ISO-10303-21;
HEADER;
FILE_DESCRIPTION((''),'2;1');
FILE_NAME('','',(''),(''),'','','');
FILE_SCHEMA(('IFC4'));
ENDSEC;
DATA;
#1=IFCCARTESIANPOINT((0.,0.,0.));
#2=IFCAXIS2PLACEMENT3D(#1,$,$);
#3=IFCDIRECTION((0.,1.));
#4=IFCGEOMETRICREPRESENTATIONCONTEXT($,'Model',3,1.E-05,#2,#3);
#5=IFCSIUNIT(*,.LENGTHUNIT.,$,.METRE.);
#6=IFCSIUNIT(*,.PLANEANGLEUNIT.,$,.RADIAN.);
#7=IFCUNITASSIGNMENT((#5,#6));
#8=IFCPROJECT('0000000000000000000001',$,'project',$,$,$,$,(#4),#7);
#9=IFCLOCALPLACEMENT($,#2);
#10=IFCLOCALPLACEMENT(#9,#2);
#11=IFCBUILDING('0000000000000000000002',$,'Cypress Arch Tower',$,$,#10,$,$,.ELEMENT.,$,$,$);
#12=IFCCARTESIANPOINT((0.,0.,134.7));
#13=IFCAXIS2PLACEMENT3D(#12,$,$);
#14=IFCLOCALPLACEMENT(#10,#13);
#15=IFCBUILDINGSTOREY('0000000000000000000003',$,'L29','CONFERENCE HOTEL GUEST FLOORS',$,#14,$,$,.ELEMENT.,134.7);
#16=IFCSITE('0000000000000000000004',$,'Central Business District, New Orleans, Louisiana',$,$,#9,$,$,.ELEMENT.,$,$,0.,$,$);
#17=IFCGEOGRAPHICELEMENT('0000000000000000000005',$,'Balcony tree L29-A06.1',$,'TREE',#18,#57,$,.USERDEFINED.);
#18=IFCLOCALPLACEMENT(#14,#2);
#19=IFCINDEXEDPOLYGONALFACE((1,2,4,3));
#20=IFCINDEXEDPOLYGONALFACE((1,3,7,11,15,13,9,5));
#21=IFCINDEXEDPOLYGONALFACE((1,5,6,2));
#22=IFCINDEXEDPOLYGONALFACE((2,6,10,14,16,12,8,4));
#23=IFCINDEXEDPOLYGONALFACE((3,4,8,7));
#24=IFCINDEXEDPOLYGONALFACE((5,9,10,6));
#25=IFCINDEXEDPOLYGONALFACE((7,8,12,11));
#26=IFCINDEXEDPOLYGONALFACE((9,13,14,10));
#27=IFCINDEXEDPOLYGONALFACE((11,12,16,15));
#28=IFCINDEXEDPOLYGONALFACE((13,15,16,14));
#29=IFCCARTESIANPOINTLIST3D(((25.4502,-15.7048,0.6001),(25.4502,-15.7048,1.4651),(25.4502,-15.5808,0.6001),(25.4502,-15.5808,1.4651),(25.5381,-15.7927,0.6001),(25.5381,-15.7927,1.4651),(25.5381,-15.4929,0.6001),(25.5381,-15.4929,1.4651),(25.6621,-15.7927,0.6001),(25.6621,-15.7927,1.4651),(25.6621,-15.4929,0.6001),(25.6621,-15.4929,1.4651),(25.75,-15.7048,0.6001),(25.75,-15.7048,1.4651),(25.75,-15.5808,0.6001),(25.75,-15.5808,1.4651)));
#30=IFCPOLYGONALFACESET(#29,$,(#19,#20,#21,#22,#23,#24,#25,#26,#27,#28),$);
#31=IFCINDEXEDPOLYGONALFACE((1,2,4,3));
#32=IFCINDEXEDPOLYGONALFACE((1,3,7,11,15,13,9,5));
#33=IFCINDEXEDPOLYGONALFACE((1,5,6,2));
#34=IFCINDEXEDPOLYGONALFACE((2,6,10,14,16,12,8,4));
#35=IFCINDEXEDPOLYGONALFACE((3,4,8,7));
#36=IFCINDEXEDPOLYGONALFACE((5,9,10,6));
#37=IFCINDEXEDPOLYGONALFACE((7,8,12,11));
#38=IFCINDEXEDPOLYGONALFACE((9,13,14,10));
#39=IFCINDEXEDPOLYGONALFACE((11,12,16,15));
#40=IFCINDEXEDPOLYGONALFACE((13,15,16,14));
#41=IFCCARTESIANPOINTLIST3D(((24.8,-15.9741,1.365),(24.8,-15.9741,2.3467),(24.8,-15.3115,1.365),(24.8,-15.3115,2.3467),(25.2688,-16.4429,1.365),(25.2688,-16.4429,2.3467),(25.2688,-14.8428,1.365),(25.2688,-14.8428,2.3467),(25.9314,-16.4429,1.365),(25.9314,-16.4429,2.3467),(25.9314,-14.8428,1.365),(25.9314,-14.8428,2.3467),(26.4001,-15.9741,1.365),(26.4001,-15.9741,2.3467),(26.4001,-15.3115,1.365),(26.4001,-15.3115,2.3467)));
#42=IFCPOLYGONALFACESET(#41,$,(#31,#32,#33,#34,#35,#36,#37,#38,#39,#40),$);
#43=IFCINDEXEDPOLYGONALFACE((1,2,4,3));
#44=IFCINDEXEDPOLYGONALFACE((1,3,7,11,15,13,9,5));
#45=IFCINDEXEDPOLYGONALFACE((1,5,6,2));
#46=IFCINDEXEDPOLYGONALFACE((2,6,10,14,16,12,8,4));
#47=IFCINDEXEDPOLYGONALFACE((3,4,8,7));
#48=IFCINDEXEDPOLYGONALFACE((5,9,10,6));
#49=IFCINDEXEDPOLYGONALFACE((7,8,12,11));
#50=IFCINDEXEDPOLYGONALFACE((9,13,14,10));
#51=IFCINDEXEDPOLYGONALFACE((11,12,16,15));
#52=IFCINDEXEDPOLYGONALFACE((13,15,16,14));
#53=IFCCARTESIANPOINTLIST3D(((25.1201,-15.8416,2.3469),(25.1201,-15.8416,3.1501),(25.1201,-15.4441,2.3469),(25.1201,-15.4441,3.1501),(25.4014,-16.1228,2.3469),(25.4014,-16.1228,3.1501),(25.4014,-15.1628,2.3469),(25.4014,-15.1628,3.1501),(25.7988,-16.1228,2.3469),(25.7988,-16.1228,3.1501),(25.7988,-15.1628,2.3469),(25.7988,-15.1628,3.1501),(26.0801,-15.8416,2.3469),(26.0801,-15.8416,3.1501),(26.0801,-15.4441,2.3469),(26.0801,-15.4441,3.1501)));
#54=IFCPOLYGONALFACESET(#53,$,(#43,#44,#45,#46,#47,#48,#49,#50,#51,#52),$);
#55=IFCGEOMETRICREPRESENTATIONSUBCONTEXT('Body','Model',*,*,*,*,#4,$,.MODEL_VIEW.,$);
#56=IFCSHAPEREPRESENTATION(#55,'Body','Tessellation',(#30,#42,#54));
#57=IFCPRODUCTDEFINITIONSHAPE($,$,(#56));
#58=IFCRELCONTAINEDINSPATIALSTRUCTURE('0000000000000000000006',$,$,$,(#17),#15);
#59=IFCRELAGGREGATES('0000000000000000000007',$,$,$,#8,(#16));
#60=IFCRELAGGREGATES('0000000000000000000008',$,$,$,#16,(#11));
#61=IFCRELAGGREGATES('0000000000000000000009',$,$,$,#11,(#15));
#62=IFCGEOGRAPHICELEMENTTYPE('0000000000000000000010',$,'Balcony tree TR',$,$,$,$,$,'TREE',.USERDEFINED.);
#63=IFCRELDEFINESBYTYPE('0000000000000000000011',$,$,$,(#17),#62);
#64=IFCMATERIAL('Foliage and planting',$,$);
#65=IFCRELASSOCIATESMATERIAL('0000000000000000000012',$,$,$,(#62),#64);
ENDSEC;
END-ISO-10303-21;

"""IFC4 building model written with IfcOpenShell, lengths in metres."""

from ifc_helpers import new_model, si_unit, direction, frame, origin, place, context, subcontext, project, spatial, polyline, outline, extrude, material, type_object, element, save


model = new_model("IFC4")

# Units and contexts
model_context = context("Model", 3, precision=1e-05, world=origin(), true_north=direction((0.0, 1.0)))
body_context = subcontext(model_context, "Body", "Model", "MODEL_VIEW")
ifc_project = project(units=[si_unit("LENGTHUNIT", "METRE"), si_unit("PLANEANGLEUNIT", "RADIAN")], contexts=[model_context])

# Site, building, storey
site_placement = place(None, origin())
site = spatial("IfcSite", under=ifc_project, at=site_placement, Name="Central Business District, New Orleans, Louisiana", CompositionType="ELEMENT", RefElevation=0.0)
building_placement = place(site_placement, origin())
building = spatial("IfcBuilding", under=site, at=building_placement, Name="Cypress Arch Tower", CompositionType="ELEMENT")
storey_placement = place(building_placement, frame((0.0, 0.0, 134.7)))
storey = spatial("IfcBuildingStorey", under=building, at=storey_placement, Name="L29", Description="CONFERENCE HOTEL GUEST FLOORS", CompositionType="ELEMENT", Elevation=134.7)

# Geographic element
ifc_material_1 = material(Name="Foliage and planting")
geographic_element_type = type_object("IfcGeographicElementType", Name="Balcony tree TR", ElementType="TREE", PredefinedType="USERDEFINED", material=ifc_material_1)
geographic_element_placement = place(storey_placement, frame((25.6001, -15.6428, 0.6001), z_axis=(0.0, 0.0, 1.0), x_axis=(1.0, 0.0, 0.0)))
element("IfcGeographicElement", 1, at=geographic_element_placement, inside=storey, type_object=geographic_element_type, Name="Balcony tree L29-A06.1", ObjectType="TREE", PredefinedType="USERDEFINED", context=body_context, shape_type="SweptSolid", body=[
    extrude(outline(polyline([(0.1499, 0.062), (0.062, 0.1499), (-0.062, 0.1499), (-0.1499, 0.062), (-0.1499, -0.062), (-0.062, -0.1499), (0.062, -0.1499), (0.1499, -0.062), (0.1499, 0.062)])), origin(), (0.0, 0.0, 1.0), 0.865),
    extrude(outline(polyline([(0.8, 0.3313), (0.3313, 0.8), (-0.3313, 0.8), (-0.8, 0.3313), (-0.8, -0.3313), (-0.3313, -0.8), (0.3313, -0.8), (0.8, -0.3313), (0.8, 0.3313)])), frame((0.0, 0.0, 0.7649)), (0.0, 0.0, 1.0), 0.9817),
    extrude(outline(polyline([(0.48, 0.1987), (0.1987, 0.48), (-0.1987, 0.48), (-0.48, 0.1987), (-0.48, -0.1987), (-0.1987, -0.48), (0.1987, -0.48), (0.48, -0.1987), (0.48, 0.1987)])), frame((0.0, 0.0, 1.7468)), (0.0, 0.0, 1.0), 0.8032),
])

save(model, "model.ifc")
